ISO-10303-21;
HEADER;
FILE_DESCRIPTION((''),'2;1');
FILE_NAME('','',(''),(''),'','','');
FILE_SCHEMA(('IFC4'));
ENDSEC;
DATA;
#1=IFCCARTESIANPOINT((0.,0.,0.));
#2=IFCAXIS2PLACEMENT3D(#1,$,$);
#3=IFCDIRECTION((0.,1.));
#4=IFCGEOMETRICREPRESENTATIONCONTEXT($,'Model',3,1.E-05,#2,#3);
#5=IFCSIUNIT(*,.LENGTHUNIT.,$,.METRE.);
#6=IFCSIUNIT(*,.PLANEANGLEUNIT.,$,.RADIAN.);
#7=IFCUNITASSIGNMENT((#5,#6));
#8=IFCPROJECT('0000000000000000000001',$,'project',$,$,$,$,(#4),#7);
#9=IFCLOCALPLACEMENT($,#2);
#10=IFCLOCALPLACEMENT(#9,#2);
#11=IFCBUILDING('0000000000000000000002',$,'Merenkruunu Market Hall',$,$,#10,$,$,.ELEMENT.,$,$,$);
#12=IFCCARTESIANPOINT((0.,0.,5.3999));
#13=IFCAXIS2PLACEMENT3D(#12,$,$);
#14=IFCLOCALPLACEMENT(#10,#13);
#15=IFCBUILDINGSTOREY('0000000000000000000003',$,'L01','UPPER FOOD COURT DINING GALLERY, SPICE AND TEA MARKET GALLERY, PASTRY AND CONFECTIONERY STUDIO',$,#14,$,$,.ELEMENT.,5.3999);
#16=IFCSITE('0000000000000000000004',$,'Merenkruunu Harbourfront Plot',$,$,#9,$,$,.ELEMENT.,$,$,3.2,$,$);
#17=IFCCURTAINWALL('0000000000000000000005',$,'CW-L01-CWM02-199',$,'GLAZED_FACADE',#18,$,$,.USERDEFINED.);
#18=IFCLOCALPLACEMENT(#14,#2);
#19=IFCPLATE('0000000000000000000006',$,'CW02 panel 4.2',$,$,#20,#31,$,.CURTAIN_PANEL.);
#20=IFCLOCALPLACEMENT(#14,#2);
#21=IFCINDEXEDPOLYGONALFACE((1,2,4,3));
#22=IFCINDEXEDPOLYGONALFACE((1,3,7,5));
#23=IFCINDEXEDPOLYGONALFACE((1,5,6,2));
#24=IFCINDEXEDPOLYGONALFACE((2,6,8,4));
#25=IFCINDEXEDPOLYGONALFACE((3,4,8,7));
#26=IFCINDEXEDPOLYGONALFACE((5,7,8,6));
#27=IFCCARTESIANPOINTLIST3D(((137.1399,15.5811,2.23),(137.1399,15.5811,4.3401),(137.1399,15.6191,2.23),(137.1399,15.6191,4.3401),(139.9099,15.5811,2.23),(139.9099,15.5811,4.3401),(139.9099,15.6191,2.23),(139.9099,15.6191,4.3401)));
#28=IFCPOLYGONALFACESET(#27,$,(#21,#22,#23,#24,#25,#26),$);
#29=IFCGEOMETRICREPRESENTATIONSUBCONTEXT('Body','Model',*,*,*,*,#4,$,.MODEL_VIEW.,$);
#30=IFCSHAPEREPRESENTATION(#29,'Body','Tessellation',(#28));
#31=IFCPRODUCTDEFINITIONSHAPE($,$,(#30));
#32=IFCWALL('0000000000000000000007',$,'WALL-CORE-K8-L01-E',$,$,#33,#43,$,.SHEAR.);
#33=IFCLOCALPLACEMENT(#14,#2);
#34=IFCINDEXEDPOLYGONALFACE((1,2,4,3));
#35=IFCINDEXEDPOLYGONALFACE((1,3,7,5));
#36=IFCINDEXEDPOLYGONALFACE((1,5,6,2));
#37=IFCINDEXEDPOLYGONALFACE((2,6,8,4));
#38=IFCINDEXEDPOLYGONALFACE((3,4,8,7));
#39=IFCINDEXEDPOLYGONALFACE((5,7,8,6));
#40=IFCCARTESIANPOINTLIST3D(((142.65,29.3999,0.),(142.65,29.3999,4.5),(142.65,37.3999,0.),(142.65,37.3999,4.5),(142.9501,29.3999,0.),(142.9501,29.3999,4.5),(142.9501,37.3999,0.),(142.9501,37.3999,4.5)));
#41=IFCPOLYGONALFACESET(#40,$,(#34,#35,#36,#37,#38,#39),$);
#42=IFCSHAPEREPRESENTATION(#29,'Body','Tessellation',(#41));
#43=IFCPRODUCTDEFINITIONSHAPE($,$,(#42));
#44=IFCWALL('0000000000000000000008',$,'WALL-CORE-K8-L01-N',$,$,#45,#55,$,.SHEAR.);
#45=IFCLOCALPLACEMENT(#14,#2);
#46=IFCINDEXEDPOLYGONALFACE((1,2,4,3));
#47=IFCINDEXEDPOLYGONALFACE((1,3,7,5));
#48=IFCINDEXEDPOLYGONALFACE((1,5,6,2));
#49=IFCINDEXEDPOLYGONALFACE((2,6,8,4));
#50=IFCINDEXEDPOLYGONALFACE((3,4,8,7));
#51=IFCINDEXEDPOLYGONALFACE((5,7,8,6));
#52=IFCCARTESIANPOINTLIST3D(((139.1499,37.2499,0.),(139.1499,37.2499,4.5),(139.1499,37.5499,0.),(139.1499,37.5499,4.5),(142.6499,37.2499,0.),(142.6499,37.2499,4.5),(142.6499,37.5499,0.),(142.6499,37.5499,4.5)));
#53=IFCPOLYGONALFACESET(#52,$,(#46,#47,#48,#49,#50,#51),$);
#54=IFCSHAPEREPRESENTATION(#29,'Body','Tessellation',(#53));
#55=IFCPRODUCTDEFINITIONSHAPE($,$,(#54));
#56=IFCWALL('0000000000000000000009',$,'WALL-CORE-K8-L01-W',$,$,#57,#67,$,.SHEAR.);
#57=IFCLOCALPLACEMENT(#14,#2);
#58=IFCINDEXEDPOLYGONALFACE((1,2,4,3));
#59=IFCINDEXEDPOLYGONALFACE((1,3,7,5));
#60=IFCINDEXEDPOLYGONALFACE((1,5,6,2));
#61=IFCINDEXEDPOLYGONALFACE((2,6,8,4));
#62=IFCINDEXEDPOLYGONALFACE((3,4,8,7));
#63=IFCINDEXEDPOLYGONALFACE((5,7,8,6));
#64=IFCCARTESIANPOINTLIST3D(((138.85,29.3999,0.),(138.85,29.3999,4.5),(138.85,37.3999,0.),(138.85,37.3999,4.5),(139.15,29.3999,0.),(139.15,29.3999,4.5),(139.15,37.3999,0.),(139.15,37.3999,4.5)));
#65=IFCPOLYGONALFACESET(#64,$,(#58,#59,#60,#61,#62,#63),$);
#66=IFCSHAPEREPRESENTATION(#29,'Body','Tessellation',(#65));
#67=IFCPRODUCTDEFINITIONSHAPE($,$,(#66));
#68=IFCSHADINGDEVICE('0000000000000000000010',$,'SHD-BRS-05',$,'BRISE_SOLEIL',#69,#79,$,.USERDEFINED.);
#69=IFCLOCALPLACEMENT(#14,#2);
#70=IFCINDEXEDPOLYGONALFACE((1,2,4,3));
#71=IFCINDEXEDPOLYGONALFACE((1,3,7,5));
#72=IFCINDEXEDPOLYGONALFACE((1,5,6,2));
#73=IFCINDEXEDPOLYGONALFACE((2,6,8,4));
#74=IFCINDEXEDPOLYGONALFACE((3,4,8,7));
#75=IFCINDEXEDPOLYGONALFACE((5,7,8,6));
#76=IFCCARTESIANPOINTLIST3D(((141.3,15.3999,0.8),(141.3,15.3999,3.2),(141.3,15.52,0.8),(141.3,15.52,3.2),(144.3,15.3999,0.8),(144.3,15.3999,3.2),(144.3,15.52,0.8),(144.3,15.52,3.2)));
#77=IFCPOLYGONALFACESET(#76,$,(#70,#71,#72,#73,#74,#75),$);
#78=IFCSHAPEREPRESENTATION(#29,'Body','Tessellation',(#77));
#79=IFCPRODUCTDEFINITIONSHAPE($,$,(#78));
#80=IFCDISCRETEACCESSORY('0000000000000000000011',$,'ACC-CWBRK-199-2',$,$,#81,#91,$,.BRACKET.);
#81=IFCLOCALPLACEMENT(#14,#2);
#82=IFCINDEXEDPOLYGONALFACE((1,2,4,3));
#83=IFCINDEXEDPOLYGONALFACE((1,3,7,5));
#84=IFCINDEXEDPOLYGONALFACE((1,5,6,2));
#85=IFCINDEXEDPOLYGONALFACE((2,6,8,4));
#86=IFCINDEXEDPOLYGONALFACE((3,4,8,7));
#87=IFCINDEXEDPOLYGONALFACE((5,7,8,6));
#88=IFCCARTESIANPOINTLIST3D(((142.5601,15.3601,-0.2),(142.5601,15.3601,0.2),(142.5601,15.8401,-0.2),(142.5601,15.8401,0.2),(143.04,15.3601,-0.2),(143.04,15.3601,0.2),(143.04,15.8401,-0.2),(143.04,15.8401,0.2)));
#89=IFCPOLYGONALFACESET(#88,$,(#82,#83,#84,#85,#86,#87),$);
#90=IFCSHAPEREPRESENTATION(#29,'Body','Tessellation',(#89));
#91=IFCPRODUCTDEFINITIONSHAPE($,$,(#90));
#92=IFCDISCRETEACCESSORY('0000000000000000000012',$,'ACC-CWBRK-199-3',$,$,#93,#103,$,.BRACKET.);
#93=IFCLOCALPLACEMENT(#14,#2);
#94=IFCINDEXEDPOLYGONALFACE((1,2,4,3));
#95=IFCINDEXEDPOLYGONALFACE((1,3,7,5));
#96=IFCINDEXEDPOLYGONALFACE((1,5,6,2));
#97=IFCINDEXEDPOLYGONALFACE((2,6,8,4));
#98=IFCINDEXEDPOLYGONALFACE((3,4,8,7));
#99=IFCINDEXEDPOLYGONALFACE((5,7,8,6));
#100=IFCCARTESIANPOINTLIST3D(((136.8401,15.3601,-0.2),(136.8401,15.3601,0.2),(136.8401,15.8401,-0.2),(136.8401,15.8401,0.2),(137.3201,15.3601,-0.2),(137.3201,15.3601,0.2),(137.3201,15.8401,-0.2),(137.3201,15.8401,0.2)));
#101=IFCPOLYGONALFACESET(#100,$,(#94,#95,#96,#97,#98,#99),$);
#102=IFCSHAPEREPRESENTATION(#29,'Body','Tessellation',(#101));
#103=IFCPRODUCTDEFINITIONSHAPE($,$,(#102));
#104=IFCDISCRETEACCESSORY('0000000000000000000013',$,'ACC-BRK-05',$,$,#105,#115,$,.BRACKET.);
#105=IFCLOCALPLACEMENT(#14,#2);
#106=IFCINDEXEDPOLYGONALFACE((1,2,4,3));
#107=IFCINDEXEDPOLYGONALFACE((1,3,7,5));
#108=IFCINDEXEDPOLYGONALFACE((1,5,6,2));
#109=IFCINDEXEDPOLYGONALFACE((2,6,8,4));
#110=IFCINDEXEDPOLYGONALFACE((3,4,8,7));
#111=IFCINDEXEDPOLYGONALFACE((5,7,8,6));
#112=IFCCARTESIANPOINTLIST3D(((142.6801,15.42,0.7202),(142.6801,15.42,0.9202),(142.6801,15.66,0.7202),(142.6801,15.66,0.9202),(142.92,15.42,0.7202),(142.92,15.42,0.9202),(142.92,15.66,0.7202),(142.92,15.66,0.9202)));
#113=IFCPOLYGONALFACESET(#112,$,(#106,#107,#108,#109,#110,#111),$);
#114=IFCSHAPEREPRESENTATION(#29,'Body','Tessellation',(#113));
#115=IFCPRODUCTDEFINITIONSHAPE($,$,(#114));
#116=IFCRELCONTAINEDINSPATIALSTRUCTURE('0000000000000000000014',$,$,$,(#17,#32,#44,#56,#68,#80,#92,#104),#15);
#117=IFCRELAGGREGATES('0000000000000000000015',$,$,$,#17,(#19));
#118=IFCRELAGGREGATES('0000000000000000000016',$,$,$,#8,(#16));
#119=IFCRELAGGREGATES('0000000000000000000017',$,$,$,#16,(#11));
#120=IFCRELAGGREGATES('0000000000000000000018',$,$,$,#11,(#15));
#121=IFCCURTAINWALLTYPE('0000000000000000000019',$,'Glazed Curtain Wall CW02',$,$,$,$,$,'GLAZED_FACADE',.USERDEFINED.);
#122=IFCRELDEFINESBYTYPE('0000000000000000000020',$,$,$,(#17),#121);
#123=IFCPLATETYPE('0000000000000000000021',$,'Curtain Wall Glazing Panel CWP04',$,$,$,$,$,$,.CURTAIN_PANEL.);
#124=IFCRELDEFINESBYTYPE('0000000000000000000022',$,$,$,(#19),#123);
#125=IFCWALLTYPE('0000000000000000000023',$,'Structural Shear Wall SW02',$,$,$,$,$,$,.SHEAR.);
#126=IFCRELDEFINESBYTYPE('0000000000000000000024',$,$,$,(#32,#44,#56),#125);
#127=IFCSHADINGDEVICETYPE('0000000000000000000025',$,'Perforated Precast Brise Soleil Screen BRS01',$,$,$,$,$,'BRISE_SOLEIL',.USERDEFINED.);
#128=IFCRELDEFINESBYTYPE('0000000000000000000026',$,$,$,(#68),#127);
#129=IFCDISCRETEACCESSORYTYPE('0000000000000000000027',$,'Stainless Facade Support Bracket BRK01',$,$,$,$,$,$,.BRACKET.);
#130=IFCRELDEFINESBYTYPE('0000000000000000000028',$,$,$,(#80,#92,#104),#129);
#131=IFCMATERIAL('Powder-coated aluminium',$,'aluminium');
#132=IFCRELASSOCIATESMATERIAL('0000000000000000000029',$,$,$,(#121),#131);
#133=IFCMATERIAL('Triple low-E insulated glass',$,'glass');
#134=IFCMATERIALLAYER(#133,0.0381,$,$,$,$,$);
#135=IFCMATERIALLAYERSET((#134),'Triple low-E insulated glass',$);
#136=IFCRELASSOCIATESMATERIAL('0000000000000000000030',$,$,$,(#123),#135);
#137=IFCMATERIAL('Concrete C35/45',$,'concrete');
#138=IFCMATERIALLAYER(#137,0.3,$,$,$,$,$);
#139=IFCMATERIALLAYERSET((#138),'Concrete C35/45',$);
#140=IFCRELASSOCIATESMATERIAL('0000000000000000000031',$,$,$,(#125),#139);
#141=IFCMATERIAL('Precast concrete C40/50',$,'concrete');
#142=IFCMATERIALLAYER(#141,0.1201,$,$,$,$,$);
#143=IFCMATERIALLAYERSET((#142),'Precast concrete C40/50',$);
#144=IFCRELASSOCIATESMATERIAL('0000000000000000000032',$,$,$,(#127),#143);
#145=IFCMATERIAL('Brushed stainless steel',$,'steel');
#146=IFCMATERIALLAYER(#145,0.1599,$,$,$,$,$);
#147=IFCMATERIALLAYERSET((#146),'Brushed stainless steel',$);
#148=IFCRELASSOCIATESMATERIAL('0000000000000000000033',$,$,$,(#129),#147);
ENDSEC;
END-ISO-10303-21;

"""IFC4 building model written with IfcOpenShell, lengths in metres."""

from ifc_helpers import new_model, si_unit, direction, frame, frame_2d, origin, origin_2d, place, context, subcontext, project, spatial, rectangle, extrude, material, layer, layer_set, type_object, element, aggregate, save


model = new_model("IFC4")

# Units and contexts
model_context = context("Model", 3, precision=1e-05, world=origin(), true_north=direction((0.0, 1.0)))
body_context = subcontext(model_context, "Body", "Model", "MODEL_VIEW")
ifc_project = project(units=[si_unit("LENGTHUNIT", "METRE"), si_unit("PLANEANGLEUNIT", "RADIAN")], contexts=[model_context])

# Site, building, storey
site_placement = place(None, origin())
site = spatial("IfcSite", under=ifc_project, at=site_placement, Name="Merenkruunu Harbourfront Plot", CompositionType="ELEMENT", RefElevation=3.2)
building_placement = place(site_placement, origin())
building = spatial("IfcBuilding", under=site, at=building_placement, Name="Merenkruunu Market Hall", CompositionType="ELEMENT")
storey_placement = place(building_placement, frame((0.0, 0.0, 5.3999)))
storey = spatial("IfcBuildingStorey", under=building, at=storey_placement, Name="L01", Description="UPPER FOOD COURT DINING GALLERY, SPICE AND TEA MARKET GALLERY, PASTRY AND CONFECTIONERY STUDIO", CompositionType="ELEMENT", Elevation=5.3999)

# Curtain wall
ifc_material_1 = material(Name="Powder-coated aluminium", Category="aluminium")
curtain_wall_type = type_object("IfcCurtainWallType", Name="Glazed Curtain Wall CW02", ElementType="GLAZED_FACADE", PredefinedType="USERDEFINED", material=ifc_material_1)
curtain_wall_placement = place(storey_placement, origin())
curtain_wall = element("IfcCurtainWall", 1, at=curtain_wall_placement, inside=storey, type_object=curtain_wall_type, Name="CW-L01-CWM02-199", ObjectType="GLAZED_FACADE", PredefinedType="USERDEFINED")

# Plate
ifc_material_2 = material(Name="Triple low-E insulated glass", Category="glass")
ifc_layer_1 = layer(ifc_material_2, 0.0381)
ifc_layer_set_1 = layer_set([ifc_layer_1], Name="Triple low-E insulated glass")
plate_type = type_object("IfcPlateType", Name="Curtain Wall Glazing Panel CWP04", PredefinedType="CURTAIN_PANEL", material=ifc_layer_set_1)
plate_1_placement = place(storey_placement, frame((138.5249, 15.6001, 2.23), z_axis=(0.0, 0.0, 1.0), x_axis=(-1.0, 0.0, 0.0)))
plate_1 = element("IfcPlate", 2, at=plate_1_placement, type_object=plate_type, Name="CW02 panel 4.2", PredefinedType="CURTAIN_PANEL", context=body_context, shape_type="SweptSolid", body=[
    extrude(rectangle(XDim=2.77, YDim=0.0381, at=origin_2d()), origin(), (0.0, 0.0, 1.0), 2.1101),
])
aggregate(curtain_wall, [plate_1])

# Shared definitions
ifc_material_3 = material(Name="Concrete C35/45", Category="concrete")
ifc_layer_2 = layer(ifc_material_3, 0.3)
ifc_layer_set_2 = layer_set([ifc_layer_2], Name="Concrete C35/45")
wall_type = type_object("IfcWallType", Name="Structural Shear Wall SW02", PredefinedType="SHEAR", material=ifc_layer_set_2)

# Walls
wall_1_placement = place(storey_placement, frame((142.8, 29.3999, 0.0), z_axis=(0.0, 0.0, 1.0), x_axis=(0.0, 1.0, 0.0)))
element("IfcWall", 3, at=wall_1_placement, inside=storey, type_object=wall_type, Name="WALL-CORE-K8-L01-E", PredefinedType="SHEAR", context=body_context, shape_type="SweptSolid", body=[
    extrude(rectangle(XDim=8.0, YDim=0.3, at=frame_2d((4.0, 0.0))), origin(), (0.0, 0.0, 1.0), 4.5),
])
wall_2_placement = place(storey_placement, frame((142.6499, 37.3999, 0.0), z_axis=(0.0, 0.0, 1.0), x_axis=(-1.0, 0.0, 0.0)))
element("IfcWall", 4, at=wall_2_placement, inside=storey, type_object=wall_type, Name="WALL-CORE-K8-L01-N", PredefinedType="SHEAR", context=body_context, shape_type="SweptSolid", body=[
    extrude(rectangle(XDim=3.5, YDim=0.3, at=frame_2d((1.75, 0.0))), origin(), (0.0, 0.0, 1.0), 4.5),
])
wall_3_placement = place(storey_placement, frame((139.0, 37.3999, 0.0), z_axis=(0.0, 0.0, 1.0), x_axis=(0.0, -1.0, 0.0)))
element("IfcWall", 5, at=wall_3_placement, inside=storey, type_object=wall_type, Name="WALL-CORE-K8-L01-W", PredefinedType="SHEAR", context=body_context, shape_type="SweptSolid", body=[
    extrude(rectangle(XDim=8.0, YDim=0.3, at=frame_2d((4.0, 0.0))), origin(), (0.0, 0.0, 1.0), 4.5),
])

# Shared definitions
ifc_material_4 = material(Name="Brushed stainless steel", Category="steel")

# Shading device
ifc_material_5 = material(Name="Precast concrete C40/50", Category="concrete")
ifc_layer_3 = layer(ifc_material_5, 0.1201)
ifc_layer_set_3 = layer_set([ifc_layer_3], Name="Precast concrete C40/50")
shading_device_type = type_object("IfcShadingDeviceType", Name="Perforated Precast Brise Soleil Screen BRS01", ElementType="BRISE_SOLEIL", PredefinedType="USERDEFINED", material=ifc_layer_set_3)
shading_device_placement = place(storey_placement, frame((142.8, 15.46, 0.8), z_axis=(0.0, 0.0, 1.0), x_axis=(1.0, 0.0, 0.0)))
element("IfcShadingDevice", 6, at=shading_device_placement, inside=storey, type_object=shading_device_type, Name="SHD-BRS-05", ObjectType="BRISE_SOLEIL", PredefinedType="USERDEFINED", context=body_context, shape_type="SweptSolid", body=[
    extrude(rectangle(XDim=3.0, YDim=0.1201, at=origin_2d()), origin(), (0.0, 0.0, 1.0), 2.3999),
])

# Discrete accessories
ifc_layer_4 = layer(ifc_material_4, 0.1599)
ifc_layer_set_4 = layer_set([ifc_layer_4], Name="Brushed stainless steel")
discrete_accessory_type = type_object("IfcDiscreteAccessoryType", Name="Stainless Facade Support Bracket BRK01", PredefinedType="BRACKET", material=ifc_layer_set_4)
for number, where, z_axis, x_axis, name in (
    (7, (142.8, 15.6001, -0.2), (0.0, 0.0, 1.0), (1.0, 0.0, 0.0), "ACC-CWBRK-199-2"),
    (8, (137.0801, 15.6001, -0.2), (0.0, 0.0, 1.0), (1.0, 0.0, 0.0), "ACC-CWBRK-199-3"),
):
    element("IfcDiscreteAccessory", number, at=place(storey_placement, frame(where, z_axis=z_axis, x_axis=x_axis)), inside=storey, type_object=discrete_accessory_type, Name=name, PredefinedType="BRACKET", context=body_context, shape_type="SweptSolid", body=[
        extrude(rectangle(XDim=0.48, YDim=0.48, at=origin_2d()), origin(), (0.0, 0.0, 1.0), 0.3999),
    ])
discrete_accessory_placement = place(storey_placement, frame((142.8, 15.54, 0.7202), z_axis=(0.0, 0.0, 1.0), x_axis=(1.0, 0.0, 0.0)))
element("IfcDiscreteAccessory", 9, at=discrete_accessory_placement, inside=storey, type_object=discrete_accessory_type, Name="ACC-BRK-05", PredefinedType="BRACKET", context=body_context, shape_type="SweptSolid", body=[
    extrude(rectangle(XDim=0.24, YDim=0.24, at=origin_2d()), origin(), (0.0, 0.0, 1.0), 0.2),
])

save(model, "model.ifc")
